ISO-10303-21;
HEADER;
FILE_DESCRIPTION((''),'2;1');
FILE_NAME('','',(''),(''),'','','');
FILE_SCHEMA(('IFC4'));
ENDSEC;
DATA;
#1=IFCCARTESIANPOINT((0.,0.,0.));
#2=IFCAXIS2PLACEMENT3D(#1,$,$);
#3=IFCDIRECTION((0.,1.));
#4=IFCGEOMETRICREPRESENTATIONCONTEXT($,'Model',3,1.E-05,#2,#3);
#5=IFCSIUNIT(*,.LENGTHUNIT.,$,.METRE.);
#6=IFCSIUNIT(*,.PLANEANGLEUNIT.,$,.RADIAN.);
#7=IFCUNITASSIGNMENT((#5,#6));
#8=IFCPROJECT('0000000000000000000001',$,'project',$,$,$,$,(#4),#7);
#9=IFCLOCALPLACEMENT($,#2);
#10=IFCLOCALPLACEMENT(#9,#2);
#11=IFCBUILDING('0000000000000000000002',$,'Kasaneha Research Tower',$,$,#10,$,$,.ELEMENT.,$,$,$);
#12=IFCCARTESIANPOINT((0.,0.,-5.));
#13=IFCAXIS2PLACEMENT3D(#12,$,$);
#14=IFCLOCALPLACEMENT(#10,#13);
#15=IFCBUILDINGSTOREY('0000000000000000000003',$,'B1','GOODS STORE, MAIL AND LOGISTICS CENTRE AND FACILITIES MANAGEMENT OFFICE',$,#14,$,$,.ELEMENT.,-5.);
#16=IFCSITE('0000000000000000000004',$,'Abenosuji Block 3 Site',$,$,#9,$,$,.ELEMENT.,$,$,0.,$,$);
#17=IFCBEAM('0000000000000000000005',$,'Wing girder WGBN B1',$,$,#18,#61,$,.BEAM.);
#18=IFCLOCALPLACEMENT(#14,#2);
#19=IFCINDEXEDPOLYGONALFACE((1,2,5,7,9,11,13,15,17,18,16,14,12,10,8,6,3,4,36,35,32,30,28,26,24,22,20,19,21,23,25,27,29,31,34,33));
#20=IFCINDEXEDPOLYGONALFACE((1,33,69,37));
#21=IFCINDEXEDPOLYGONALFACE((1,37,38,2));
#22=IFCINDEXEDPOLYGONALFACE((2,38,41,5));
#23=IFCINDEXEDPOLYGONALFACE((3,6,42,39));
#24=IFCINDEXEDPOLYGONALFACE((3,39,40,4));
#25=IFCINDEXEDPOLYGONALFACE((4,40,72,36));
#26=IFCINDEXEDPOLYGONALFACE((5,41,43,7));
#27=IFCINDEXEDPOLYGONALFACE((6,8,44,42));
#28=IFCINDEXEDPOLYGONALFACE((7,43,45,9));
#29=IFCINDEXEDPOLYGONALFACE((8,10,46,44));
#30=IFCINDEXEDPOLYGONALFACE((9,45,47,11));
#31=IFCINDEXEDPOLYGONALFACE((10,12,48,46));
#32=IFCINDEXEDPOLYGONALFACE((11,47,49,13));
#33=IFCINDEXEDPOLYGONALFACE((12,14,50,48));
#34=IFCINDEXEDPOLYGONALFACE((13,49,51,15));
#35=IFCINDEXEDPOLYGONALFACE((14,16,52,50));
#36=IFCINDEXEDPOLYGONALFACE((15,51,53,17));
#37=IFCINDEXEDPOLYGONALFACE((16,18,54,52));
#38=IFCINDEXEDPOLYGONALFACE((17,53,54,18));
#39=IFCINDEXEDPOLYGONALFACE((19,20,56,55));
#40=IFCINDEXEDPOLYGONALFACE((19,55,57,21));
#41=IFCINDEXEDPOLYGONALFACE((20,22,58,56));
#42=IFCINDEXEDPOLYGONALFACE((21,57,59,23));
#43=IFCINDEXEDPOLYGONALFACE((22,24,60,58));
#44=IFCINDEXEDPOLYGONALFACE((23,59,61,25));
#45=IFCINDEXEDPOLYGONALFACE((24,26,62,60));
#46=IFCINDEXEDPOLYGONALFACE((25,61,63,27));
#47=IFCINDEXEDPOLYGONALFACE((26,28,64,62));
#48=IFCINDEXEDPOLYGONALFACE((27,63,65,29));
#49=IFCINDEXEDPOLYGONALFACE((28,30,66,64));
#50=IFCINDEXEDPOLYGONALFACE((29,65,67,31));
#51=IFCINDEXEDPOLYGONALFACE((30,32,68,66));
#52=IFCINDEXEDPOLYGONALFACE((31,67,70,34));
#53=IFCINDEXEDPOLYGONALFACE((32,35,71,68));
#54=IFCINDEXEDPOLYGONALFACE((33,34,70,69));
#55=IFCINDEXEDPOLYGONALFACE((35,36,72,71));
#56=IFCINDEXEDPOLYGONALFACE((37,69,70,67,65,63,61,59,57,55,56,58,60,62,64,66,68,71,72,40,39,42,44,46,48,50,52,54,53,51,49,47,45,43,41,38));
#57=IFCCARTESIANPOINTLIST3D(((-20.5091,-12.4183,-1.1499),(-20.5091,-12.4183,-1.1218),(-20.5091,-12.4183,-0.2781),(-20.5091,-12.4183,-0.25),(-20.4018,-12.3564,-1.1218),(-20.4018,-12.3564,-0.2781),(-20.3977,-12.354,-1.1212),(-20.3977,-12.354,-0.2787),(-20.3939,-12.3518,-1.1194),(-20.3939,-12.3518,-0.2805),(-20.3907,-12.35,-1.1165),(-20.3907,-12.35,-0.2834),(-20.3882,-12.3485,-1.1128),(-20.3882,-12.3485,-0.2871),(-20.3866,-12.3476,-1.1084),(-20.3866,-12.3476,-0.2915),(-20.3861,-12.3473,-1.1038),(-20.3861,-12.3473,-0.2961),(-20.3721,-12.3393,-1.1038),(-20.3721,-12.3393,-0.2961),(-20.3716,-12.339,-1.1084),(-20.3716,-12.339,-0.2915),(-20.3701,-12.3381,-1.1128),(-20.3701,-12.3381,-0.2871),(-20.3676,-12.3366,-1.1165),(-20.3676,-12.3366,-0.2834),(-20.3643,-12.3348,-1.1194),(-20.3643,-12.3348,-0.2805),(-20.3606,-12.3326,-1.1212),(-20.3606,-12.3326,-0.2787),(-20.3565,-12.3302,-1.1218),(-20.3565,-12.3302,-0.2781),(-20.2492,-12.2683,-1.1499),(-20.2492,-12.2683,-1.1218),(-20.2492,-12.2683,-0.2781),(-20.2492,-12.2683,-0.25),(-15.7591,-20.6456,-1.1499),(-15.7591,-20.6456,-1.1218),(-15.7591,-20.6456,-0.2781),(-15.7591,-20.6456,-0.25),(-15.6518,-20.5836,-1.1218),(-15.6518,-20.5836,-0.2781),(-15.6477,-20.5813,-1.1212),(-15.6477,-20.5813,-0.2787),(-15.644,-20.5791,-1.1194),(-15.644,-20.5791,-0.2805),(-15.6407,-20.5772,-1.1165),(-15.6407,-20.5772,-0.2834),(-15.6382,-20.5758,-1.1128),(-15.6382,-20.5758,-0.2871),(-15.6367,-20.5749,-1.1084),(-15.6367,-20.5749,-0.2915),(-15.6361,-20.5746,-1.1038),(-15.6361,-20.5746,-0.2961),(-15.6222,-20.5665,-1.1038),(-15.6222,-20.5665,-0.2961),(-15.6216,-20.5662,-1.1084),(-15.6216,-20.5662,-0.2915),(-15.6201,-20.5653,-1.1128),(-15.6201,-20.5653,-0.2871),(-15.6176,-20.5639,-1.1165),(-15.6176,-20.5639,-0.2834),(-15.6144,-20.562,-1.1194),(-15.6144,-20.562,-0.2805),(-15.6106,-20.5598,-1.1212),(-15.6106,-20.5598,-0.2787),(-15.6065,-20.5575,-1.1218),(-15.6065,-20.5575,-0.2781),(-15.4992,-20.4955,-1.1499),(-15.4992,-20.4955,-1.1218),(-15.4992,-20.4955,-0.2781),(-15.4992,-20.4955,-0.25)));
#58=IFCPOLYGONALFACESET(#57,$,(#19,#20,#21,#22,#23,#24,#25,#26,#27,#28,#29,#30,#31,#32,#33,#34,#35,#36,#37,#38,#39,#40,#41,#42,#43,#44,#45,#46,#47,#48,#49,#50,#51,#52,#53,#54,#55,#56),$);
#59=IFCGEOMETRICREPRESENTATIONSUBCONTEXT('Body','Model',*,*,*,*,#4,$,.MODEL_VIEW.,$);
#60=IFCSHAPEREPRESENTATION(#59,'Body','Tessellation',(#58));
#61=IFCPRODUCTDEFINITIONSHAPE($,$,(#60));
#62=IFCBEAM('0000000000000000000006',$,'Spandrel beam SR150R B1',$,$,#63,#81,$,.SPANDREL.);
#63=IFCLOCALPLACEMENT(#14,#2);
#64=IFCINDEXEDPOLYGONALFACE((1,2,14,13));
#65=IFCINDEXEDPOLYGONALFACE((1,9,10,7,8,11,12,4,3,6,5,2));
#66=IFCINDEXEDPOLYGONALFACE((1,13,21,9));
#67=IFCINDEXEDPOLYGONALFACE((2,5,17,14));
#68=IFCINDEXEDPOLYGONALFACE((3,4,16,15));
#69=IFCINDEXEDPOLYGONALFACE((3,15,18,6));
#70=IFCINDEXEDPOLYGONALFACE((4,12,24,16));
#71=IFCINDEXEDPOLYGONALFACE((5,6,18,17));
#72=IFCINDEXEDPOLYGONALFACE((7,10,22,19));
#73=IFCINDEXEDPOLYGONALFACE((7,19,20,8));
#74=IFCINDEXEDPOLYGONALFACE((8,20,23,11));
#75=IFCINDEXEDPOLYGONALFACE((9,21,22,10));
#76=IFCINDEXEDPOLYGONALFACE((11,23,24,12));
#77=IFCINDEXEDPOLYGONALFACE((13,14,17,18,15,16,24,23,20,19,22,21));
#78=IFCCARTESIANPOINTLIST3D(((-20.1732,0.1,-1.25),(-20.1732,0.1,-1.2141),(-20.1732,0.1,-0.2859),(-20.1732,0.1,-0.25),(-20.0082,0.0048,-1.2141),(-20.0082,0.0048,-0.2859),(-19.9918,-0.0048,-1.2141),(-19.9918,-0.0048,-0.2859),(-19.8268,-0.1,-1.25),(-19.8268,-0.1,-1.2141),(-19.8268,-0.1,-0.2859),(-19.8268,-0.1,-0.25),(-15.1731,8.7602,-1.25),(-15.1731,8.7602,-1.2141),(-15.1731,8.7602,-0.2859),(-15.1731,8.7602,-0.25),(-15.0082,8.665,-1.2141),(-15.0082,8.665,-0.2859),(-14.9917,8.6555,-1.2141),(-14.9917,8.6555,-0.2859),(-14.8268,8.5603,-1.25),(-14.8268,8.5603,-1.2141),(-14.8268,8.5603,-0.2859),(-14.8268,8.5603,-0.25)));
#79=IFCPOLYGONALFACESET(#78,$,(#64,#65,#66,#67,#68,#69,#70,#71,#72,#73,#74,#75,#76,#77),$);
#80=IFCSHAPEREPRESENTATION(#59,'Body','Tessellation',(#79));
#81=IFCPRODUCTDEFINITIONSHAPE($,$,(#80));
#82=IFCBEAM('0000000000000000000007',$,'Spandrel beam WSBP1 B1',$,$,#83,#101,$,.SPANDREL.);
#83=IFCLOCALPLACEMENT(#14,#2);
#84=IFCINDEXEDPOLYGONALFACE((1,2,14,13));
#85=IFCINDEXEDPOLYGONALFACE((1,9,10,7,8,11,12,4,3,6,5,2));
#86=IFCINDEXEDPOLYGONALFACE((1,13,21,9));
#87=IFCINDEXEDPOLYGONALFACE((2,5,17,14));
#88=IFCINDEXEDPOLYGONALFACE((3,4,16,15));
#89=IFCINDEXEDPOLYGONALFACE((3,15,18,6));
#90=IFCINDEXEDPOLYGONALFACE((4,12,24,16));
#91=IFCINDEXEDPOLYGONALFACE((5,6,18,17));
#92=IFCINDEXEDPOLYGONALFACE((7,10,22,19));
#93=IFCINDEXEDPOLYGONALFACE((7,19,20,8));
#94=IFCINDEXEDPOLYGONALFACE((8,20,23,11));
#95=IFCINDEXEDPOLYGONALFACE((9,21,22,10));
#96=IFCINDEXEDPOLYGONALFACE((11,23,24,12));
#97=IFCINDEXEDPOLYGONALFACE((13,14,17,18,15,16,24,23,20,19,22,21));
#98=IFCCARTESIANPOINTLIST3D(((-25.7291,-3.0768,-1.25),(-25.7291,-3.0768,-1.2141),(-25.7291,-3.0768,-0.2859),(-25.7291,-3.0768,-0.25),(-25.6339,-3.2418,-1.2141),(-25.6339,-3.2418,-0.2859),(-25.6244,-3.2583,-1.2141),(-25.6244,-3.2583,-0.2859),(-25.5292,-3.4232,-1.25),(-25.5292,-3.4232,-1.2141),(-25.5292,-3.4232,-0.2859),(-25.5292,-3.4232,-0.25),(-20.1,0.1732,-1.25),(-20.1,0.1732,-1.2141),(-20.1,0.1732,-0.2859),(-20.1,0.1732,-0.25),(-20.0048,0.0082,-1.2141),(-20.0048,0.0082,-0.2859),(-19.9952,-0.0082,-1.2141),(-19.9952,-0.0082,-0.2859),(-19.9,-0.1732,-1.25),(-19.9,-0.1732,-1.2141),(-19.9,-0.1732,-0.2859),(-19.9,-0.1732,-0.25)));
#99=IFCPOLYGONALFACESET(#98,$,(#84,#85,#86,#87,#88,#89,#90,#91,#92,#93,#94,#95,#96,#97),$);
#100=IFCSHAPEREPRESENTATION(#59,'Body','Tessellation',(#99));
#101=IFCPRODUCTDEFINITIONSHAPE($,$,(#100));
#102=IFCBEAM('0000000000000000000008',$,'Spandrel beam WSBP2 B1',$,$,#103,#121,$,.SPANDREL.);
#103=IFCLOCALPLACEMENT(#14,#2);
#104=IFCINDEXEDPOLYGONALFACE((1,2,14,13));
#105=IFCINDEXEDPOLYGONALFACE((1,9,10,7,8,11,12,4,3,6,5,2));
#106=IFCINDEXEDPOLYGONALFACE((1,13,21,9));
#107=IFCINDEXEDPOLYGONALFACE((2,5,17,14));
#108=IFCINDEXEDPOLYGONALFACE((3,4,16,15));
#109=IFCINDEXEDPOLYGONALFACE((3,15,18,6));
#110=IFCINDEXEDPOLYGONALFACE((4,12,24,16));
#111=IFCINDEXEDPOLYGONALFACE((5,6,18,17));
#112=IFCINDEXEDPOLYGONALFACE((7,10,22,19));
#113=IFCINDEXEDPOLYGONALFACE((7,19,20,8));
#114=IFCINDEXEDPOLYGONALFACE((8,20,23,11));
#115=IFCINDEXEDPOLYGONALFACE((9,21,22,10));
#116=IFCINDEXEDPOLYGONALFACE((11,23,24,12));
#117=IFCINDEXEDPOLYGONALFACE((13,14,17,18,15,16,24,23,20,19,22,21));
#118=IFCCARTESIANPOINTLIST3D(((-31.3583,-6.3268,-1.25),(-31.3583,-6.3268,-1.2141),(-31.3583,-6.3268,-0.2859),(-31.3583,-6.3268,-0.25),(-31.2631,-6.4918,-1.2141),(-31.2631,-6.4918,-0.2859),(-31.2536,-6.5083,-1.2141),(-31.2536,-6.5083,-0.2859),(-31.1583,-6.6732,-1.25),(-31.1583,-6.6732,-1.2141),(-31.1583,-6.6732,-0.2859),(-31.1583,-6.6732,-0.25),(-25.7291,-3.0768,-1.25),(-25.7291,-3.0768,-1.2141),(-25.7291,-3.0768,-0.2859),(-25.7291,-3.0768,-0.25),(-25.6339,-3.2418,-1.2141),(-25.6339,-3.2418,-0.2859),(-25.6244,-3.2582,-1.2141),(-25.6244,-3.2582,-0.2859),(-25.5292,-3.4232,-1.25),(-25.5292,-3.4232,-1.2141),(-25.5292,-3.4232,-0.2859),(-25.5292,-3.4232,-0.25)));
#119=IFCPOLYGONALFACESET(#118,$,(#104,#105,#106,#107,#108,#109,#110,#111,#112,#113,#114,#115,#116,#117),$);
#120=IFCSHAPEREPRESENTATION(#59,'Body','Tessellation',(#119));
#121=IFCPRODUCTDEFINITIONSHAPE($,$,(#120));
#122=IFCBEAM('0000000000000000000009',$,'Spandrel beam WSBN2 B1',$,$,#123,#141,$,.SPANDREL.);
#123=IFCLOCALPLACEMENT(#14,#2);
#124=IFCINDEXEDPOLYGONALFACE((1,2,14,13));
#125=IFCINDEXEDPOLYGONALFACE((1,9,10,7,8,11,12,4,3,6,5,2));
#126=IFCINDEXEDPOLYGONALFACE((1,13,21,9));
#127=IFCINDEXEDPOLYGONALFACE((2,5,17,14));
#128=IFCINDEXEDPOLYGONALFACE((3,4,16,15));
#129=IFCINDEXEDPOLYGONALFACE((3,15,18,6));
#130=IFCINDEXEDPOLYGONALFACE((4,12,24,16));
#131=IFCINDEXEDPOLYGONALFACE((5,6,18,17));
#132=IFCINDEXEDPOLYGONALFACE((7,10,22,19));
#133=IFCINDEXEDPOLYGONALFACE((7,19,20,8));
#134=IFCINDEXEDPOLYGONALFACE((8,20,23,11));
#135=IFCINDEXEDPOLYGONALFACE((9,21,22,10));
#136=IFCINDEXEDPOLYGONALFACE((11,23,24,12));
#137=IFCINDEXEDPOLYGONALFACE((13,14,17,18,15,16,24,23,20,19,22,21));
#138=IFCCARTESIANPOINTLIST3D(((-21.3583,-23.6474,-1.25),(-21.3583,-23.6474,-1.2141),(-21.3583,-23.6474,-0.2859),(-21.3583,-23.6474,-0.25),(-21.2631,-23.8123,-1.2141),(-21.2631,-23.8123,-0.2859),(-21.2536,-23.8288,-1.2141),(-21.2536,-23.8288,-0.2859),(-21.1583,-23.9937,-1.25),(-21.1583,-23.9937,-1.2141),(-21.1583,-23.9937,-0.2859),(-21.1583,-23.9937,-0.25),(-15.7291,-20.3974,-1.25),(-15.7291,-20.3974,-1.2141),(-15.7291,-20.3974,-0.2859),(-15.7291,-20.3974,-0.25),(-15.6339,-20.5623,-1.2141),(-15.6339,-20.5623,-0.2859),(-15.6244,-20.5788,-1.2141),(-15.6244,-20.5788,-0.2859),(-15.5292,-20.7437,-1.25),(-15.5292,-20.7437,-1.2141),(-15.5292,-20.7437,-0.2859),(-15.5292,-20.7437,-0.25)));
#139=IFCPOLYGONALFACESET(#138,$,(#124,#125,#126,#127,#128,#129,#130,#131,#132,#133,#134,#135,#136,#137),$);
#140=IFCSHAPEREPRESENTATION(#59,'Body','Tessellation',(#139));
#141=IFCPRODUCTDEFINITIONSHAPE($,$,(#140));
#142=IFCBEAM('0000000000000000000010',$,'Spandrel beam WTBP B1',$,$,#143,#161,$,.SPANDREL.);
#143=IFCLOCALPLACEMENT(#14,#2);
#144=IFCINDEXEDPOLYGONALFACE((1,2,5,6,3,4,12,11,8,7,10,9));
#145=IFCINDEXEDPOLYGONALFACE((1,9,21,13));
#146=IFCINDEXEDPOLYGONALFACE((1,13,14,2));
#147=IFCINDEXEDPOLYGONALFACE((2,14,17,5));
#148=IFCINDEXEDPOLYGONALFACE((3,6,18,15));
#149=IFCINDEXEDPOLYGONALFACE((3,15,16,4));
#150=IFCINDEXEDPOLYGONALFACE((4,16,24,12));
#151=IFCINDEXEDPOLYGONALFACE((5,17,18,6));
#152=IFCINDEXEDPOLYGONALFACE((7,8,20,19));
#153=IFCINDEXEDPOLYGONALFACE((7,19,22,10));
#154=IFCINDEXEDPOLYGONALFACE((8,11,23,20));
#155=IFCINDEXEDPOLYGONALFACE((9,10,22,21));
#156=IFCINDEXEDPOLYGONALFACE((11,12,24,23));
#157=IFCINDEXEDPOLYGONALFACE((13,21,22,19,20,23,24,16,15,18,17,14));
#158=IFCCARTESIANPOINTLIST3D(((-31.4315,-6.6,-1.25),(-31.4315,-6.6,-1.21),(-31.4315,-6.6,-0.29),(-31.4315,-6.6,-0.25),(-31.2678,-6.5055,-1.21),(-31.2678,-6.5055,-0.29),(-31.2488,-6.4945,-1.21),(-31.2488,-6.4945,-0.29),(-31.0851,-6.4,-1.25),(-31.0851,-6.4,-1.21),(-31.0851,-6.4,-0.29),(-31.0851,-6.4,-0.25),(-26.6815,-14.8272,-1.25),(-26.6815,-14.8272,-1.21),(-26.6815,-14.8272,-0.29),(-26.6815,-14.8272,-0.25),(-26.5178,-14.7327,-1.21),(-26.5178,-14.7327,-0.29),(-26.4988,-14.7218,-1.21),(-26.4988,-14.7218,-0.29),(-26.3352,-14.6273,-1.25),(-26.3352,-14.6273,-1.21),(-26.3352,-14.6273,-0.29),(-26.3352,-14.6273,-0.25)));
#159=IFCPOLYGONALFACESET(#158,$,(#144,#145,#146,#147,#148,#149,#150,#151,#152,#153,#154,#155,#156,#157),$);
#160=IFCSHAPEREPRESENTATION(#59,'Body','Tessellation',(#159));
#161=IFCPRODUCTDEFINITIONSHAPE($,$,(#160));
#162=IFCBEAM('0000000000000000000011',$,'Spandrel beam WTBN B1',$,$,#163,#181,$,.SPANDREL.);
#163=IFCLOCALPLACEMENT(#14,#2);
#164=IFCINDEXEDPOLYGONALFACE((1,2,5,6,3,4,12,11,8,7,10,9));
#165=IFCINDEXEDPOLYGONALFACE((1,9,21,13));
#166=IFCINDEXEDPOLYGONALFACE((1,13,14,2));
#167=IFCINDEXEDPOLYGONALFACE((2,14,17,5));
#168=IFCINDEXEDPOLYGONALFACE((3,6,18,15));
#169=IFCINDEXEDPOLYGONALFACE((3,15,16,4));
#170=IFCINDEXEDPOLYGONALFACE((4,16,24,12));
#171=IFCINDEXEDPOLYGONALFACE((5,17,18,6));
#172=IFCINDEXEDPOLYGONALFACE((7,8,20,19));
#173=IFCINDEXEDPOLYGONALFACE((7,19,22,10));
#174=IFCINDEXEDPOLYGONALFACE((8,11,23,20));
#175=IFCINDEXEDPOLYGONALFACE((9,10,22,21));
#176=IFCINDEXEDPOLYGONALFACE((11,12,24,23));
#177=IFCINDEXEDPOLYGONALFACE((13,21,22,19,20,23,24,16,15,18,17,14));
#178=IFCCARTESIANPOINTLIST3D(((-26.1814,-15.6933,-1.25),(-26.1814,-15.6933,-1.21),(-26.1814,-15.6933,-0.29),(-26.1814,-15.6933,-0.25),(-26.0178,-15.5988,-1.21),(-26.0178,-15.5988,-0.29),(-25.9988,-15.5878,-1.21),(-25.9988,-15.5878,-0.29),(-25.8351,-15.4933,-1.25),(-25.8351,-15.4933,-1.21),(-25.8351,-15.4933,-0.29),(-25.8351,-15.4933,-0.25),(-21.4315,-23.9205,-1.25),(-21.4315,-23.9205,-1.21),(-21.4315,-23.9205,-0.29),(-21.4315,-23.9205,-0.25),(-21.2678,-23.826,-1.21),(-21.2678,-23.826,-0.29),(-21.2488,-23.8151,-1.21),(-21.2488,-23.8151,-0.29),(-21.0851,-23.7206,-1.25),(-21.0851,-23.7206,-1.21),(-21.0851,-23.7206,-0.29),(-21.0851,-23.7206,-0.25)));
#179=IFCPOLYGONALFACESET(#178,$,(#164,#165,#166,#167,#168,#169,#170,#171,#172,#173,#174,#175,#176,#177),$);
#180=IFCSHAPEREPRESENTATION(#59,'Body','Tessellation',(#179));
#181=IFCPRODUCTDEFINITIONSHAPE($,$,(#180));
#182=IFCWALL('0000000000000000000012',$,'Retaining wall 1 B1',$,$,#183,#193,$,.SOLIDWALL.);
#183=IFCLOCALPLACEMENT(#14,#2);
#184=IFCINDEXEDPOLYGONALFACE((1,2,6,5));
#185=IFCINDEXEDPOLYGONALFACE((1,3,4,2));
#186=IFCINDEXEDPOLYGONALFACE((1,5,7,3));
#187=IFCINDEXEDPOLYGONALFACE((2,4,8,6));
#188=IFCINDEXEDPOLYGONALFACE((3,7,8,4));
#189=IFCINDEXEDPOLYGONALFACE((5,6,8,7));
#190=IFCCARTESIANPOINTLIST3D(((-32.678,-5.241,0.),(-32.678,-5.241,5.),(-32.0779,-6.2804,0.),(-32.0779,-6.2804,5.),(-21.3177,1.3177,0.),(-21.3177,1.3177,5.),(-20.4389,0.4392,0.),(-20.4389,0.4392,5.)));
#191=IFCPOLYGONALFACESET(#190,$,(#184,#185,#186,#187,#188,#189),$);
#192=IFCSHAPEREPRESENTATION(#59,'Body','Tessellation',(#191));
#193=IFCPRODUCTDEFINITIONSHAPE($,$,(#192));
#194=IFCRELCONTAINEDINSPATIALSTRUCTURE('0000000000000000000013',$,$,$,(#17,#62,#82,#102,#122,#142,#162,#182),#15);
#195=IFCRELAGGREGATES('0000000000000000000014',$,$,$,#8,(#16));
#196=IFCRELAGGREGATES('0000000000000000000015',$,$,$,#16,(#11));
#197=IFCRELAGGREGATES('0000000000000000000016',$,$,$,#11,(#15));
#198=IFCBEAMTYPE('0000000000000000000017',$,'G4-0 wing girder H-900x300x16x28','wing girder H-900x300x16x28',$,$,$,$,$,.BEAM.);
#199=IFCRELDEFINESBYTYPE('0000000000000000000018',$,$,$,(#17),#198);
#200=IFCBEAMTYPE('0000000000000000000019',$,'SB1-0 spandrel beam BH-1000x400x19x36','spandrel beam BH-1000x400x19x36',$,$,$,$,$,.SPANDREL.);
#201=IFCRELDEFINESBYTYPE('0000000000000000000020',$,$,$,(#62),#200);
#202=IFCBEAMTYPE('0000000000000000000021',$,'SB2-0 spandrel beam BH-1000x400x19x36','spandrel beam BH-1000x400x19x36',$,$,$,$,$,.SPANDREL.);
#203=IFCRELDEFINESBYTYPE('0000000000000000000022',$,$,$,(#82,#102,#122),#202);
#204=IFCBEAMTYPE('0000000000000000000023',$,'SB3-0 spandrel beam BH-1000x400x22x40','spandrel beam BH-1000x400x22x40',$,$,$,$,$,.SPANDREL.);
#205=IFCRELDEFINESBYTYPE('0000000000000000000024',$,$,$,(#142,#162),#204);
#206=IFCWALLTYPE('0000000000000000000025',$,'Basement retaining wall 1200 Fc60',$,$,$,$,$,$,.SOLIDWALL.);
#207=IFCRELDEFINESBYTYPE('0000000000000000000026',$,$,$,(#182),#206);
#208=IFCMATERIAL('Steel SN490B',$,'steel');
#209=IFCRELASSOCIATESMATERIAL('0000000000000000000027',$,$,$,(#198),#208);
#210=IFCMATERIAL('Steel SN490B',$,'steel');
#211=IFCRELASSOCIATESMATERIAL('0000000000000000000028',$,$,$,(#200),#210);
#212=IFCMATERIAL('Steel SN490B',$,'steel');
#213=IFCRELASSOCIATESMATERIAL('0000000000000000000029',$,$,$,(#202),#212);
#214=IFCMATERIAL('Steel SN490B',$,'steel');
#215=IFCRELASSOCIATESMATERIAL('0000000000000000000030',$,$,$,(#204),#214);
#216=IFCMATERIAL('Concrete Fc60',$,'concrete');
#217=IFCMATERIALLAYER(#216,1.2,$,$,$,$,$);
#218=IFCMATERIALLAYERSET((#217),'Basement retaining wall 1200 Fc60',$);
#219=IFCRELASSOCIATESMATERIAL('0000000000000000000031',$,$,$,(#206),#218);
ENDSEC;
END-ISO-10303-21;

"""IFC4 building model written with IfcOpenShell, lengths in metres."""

from ifc_helpers import new_model, si_unit, direction, frame, origin, origin_2d, place, context, subcontext, project, spatial, polyline, i_section, outline, extrude, material, layer, layer_set, material_profile, profile_set, type_object, element, save


model = new_model("IFC4")

# Units and contexts
model_context = context("Model", 3, precision=1e-05, world=origin(), true_north=direction((0.0, 1.0)))
body_context = subcontext(model_context, "Body", "Model", "MODEL_VIEW")
ifc_project = project(units=[si_unit("LENGTHUNIT", "METRE"), si_unit("PLANEANGLEUNIT", "RADIAN")], contexts=[model_context])

# Site, building, storey
site_placement = place(None, origin())
site = spatial("IfcSite", under=ifc_project, at=site_placement, Name="Abenosuji Block 3 Site", CompositionType="ELEMENT", RefElevation=0.0)
building_placement = place(site_placement, origin())
building = spatial("IfcBuilding", under=site, at=building_placement, Name="Kasaneha Research Tower", CompositionType="ELEMENT")
storey_placement = place(building_placement, frame((0.0, 0.0, -5.0)))
storey = spatial("IfcBuildingStorey", under=building, at=storey_placement, Name="B1", Description="GOODS STORE, MAIL AND LOGISTICS CENTRE AND FACILITIES MANAGEMENT OFFICE", CompositionType="ELEMENT", Elevation=-5.0)

# Beams
ifc_material_1 = material(Name="Steel SN490B", Category="steel")
ifc_material_profile_1 = material_profile(ifc_material_1, i_section(OverallWidth=0.3, OverallDepth=0.8999, WebThickness=0.0161, FlangeThickness=0.0281, FilletRadius=0.0181, at=origin_2d()), Name="H-900x300x16x28")
ifc_profile_set_1 = profile_set([ifc_material_profile_1], Name="Steel SN490B")
beam_type_1 = type_object("IfcBeamType", Name="G4-0 wing girder H-900x300x16x28", Description="wing girder H-900x300x16x28", PredefinedType="BEAM", material=ifc_profile_set_1)
for number, where, z_axis, x_axis, name in (
    (1, (-15.6292, -20.5706, -0.7), (-0.499998, 0.866027, 0.0), (-0.866027, -0.499998, 0.0), "Wing girder WGBN B1"),
):
    element("IfcBeam", number, at=place(storey_placement, frame(where, z_axis=z_axis, x_axis=x_axis)), inside=storey, type_object=beam_type_1, Name=name, PredefinedType="BEAM", context=body_context, shape_type="SweptSolid", body=[
        extrude(i_section(OverallWidth=0.3, OverallDepth=0.8999, WebThickness=0.0161, FlangeThickness=0.0281, FilletRadius=0.0181, at=origin_2d()), origin(), (0.0, 0.0, 1.0), 9.5),
    ])
ifc_material_2 = material(Name="Steel SN490B", Category="steel")
ifc_material_profile_2 = material_profile(ifc_material_2, i_section(OverallWidth=0.3999, OverallDepth=1.0, WebThickness=0.019, FlangeThickness=0.0359, at=origin_2d()), Name="BH-1000x400x19x36")
ifc_profile_set_2 = profile_set([ifc_material_profile_2], Name="Steel SN490B")
beam_type_2 = type_object("IfcBeamType", Name="SB1-0 spandrel beam BH-1000x400x19x36", Description="spandrel beam BH-1000x400x19x36", PredefinedType="SPANDREL", material=ifc_profile_set_2)
beam_1_placement = place(storey_placement, frame((-20.0, 0.0, -0.75), z_axis=(0.500004, 0.866023, 0.0), x_axis=(-0.866023, 0.500004, 0.0)))
element("IfcBeam", 2, at=beam_1_placement, inside=storey, type_object=beam_type_2, Name="Spandrel beam SR150R B1", PredefinedType="SPANDREL", context=body_context, shape_type="SweptSolid", body=[
    extrude(i_section(OverallWidth=0.3999, OverallDepth=1.0, WebThickness=0.019, FlangeThickness=0.0359, at=origin_2d()), origin(), (0.0, 0.0, 1.0), 10.0),
])
ifc_material_3 = material(Name="Steel SN490B", Category="steel")
ifc_material_profile_3 = material_profile(ifc_material_3, i_section(OverallWidth=0.3999, OverallDepth=1.0, WebThickness=0.019, FlangeThickness=0.0359, at=origin_2d()), Name="BH-1000x400x19x36")
ifc_profile_set_3 = profile_set([ifc_material_profile_3], Name="Steel SN490B")
beam_type_3 = type_object("IfcBeamType", Name="SB2-0 spandrel beam BH-1000x400x19x36", Description="spandrel beam BH-1000x400x19x36", PredefinedType="SPANDREL", material=ifc_profile_set_3)
for number, where, z_axis, x_axis, name in (
    (3, (-20.0, 0.0, -0.75), (-0.866025, -0.500001, 0.0), (0.500001, -0.866025, 0.0), "Spandrel beam WSBP1 B1"),
    (4, (-25.6292, -3.25, -0.75), (-0.866025, -0.500001, 0.0), (0.500001, -0.866025, 0.0), "Spandrel beam WSBP2 B1"),
    (5, (-15.6292, -20.5706, -0.75), (-0.866025, -0.500001, 0.0), (0.500001, -0.866025, 0.0), "Spandrel beam WSBN2 B1"),
):
    element("IfcBeam", number, at=place(storey_placement, frame(where, z_axis=z_axis, x_axis=x_axis)), inside=storey, type_object=beam_type_3, Name=name, PredefinedType="SPANDREL", context=body_context, shape_type="SweptSolid", body=[
        extrude(i_section(OverallWidth=0.3999, OverallDepth=1.0, WebThickness=0.019, FlangeThickness=0.0359, at=origin_2d()), origin(), (0.0, 0.0, 1.0), 6.5),
    ])
ifc_material_4 = material(Name="Steel SN490B", Category="steel")
ifc_material_profile_4 = material_profile(ifc_material_4, i_section(OverallWidth=0.3999, OverallDepth=1.0, WebThickness=0.022, FlangeThickness=0.04, at=origin_2d()), Name="BH-1000x400x22x40")
ifc_profile_set_4 = profile_set([ifc_material_profile_4], Name="Steel SN490B")
beam_type_4 = type_object("IfcBeamType", Name="SB3-0 spandrel beam BH-1000x400x22x40", Description="spandrel beam BH-1000x400x22x40", PredefinedType="SPANDREL", material=ifc_profile_set_4)
for number, where, z_axis, x_axis, name in (
    (6, (-31.2583, -6.5, -0.75), (0.499998, -0.866027, 0.0), (0.866027, 0.499998, 0.0), "Spandrel beam WTBP B1"),
    (7, (-21.2583, -23.8206, -0.75), (-0.499998, 0.866027, 0.0), (-0.866027, -0.499998, 0.0), "Spandrel beam WTBN B1"),
):
    element("IfcBeam", number, at=place(storey_placement, frame(where, z_axis=z_axis, x_axis=x_axis)), inside=storey, type_object=beam_type_4, Name=name, PredefinedType="SPANDREL", context=body_context, shape_type="SweptSolid", body=[
        extrude(i_section(OverallWidth=0.3999, OverallDepth=1.0, WebThickness=0.022, FlangeThickness=0.04, at=origin_2d()), origin(), (0.0, 0.0, 1.0), 9.5),
    ])

# Wall
ifc_material_5 = material(Name="Concrete Fc60", Category="concrete")
ifc_layer_1 = layer(ifc_material_5, 1.2)
ifc_layer_set_1 = layer_set([ifc_layer_1], Name="Basement retaining wall 1200 Fc60")
wall_type_1 = type_object("IfcWallType", Name="Basement retaining wall 1200 Fc60", PredefinedType="SOLIDWALL", material=ifc_layer_set_1)
wall_1_placement = place(storey_placement, frame((-32.3779, -5.7607, 0.0), z_axis=(0.0, 0.0, 1.0), x_axis=(0.866028, 0.499995, 0.0)))
element("IfcWall", 8, at=wall_1_placement, inside=storey, type_object=wall_type_1, Name="Retaining wall 1 B1", PredefinedType="SOLIDWALL", context=body_context, shape_type="SweptSolid", body=[
    extrude(outline(polyline([(0.0, -0.6001), (13.4395, -0.6001), (13.1177, 0.6001), (0.0, 0.6001), (0.0, -0.6001)])), origin(), (0.0, 0.0, 1.0), 5.0),
])

save(model, "model.ifc")
